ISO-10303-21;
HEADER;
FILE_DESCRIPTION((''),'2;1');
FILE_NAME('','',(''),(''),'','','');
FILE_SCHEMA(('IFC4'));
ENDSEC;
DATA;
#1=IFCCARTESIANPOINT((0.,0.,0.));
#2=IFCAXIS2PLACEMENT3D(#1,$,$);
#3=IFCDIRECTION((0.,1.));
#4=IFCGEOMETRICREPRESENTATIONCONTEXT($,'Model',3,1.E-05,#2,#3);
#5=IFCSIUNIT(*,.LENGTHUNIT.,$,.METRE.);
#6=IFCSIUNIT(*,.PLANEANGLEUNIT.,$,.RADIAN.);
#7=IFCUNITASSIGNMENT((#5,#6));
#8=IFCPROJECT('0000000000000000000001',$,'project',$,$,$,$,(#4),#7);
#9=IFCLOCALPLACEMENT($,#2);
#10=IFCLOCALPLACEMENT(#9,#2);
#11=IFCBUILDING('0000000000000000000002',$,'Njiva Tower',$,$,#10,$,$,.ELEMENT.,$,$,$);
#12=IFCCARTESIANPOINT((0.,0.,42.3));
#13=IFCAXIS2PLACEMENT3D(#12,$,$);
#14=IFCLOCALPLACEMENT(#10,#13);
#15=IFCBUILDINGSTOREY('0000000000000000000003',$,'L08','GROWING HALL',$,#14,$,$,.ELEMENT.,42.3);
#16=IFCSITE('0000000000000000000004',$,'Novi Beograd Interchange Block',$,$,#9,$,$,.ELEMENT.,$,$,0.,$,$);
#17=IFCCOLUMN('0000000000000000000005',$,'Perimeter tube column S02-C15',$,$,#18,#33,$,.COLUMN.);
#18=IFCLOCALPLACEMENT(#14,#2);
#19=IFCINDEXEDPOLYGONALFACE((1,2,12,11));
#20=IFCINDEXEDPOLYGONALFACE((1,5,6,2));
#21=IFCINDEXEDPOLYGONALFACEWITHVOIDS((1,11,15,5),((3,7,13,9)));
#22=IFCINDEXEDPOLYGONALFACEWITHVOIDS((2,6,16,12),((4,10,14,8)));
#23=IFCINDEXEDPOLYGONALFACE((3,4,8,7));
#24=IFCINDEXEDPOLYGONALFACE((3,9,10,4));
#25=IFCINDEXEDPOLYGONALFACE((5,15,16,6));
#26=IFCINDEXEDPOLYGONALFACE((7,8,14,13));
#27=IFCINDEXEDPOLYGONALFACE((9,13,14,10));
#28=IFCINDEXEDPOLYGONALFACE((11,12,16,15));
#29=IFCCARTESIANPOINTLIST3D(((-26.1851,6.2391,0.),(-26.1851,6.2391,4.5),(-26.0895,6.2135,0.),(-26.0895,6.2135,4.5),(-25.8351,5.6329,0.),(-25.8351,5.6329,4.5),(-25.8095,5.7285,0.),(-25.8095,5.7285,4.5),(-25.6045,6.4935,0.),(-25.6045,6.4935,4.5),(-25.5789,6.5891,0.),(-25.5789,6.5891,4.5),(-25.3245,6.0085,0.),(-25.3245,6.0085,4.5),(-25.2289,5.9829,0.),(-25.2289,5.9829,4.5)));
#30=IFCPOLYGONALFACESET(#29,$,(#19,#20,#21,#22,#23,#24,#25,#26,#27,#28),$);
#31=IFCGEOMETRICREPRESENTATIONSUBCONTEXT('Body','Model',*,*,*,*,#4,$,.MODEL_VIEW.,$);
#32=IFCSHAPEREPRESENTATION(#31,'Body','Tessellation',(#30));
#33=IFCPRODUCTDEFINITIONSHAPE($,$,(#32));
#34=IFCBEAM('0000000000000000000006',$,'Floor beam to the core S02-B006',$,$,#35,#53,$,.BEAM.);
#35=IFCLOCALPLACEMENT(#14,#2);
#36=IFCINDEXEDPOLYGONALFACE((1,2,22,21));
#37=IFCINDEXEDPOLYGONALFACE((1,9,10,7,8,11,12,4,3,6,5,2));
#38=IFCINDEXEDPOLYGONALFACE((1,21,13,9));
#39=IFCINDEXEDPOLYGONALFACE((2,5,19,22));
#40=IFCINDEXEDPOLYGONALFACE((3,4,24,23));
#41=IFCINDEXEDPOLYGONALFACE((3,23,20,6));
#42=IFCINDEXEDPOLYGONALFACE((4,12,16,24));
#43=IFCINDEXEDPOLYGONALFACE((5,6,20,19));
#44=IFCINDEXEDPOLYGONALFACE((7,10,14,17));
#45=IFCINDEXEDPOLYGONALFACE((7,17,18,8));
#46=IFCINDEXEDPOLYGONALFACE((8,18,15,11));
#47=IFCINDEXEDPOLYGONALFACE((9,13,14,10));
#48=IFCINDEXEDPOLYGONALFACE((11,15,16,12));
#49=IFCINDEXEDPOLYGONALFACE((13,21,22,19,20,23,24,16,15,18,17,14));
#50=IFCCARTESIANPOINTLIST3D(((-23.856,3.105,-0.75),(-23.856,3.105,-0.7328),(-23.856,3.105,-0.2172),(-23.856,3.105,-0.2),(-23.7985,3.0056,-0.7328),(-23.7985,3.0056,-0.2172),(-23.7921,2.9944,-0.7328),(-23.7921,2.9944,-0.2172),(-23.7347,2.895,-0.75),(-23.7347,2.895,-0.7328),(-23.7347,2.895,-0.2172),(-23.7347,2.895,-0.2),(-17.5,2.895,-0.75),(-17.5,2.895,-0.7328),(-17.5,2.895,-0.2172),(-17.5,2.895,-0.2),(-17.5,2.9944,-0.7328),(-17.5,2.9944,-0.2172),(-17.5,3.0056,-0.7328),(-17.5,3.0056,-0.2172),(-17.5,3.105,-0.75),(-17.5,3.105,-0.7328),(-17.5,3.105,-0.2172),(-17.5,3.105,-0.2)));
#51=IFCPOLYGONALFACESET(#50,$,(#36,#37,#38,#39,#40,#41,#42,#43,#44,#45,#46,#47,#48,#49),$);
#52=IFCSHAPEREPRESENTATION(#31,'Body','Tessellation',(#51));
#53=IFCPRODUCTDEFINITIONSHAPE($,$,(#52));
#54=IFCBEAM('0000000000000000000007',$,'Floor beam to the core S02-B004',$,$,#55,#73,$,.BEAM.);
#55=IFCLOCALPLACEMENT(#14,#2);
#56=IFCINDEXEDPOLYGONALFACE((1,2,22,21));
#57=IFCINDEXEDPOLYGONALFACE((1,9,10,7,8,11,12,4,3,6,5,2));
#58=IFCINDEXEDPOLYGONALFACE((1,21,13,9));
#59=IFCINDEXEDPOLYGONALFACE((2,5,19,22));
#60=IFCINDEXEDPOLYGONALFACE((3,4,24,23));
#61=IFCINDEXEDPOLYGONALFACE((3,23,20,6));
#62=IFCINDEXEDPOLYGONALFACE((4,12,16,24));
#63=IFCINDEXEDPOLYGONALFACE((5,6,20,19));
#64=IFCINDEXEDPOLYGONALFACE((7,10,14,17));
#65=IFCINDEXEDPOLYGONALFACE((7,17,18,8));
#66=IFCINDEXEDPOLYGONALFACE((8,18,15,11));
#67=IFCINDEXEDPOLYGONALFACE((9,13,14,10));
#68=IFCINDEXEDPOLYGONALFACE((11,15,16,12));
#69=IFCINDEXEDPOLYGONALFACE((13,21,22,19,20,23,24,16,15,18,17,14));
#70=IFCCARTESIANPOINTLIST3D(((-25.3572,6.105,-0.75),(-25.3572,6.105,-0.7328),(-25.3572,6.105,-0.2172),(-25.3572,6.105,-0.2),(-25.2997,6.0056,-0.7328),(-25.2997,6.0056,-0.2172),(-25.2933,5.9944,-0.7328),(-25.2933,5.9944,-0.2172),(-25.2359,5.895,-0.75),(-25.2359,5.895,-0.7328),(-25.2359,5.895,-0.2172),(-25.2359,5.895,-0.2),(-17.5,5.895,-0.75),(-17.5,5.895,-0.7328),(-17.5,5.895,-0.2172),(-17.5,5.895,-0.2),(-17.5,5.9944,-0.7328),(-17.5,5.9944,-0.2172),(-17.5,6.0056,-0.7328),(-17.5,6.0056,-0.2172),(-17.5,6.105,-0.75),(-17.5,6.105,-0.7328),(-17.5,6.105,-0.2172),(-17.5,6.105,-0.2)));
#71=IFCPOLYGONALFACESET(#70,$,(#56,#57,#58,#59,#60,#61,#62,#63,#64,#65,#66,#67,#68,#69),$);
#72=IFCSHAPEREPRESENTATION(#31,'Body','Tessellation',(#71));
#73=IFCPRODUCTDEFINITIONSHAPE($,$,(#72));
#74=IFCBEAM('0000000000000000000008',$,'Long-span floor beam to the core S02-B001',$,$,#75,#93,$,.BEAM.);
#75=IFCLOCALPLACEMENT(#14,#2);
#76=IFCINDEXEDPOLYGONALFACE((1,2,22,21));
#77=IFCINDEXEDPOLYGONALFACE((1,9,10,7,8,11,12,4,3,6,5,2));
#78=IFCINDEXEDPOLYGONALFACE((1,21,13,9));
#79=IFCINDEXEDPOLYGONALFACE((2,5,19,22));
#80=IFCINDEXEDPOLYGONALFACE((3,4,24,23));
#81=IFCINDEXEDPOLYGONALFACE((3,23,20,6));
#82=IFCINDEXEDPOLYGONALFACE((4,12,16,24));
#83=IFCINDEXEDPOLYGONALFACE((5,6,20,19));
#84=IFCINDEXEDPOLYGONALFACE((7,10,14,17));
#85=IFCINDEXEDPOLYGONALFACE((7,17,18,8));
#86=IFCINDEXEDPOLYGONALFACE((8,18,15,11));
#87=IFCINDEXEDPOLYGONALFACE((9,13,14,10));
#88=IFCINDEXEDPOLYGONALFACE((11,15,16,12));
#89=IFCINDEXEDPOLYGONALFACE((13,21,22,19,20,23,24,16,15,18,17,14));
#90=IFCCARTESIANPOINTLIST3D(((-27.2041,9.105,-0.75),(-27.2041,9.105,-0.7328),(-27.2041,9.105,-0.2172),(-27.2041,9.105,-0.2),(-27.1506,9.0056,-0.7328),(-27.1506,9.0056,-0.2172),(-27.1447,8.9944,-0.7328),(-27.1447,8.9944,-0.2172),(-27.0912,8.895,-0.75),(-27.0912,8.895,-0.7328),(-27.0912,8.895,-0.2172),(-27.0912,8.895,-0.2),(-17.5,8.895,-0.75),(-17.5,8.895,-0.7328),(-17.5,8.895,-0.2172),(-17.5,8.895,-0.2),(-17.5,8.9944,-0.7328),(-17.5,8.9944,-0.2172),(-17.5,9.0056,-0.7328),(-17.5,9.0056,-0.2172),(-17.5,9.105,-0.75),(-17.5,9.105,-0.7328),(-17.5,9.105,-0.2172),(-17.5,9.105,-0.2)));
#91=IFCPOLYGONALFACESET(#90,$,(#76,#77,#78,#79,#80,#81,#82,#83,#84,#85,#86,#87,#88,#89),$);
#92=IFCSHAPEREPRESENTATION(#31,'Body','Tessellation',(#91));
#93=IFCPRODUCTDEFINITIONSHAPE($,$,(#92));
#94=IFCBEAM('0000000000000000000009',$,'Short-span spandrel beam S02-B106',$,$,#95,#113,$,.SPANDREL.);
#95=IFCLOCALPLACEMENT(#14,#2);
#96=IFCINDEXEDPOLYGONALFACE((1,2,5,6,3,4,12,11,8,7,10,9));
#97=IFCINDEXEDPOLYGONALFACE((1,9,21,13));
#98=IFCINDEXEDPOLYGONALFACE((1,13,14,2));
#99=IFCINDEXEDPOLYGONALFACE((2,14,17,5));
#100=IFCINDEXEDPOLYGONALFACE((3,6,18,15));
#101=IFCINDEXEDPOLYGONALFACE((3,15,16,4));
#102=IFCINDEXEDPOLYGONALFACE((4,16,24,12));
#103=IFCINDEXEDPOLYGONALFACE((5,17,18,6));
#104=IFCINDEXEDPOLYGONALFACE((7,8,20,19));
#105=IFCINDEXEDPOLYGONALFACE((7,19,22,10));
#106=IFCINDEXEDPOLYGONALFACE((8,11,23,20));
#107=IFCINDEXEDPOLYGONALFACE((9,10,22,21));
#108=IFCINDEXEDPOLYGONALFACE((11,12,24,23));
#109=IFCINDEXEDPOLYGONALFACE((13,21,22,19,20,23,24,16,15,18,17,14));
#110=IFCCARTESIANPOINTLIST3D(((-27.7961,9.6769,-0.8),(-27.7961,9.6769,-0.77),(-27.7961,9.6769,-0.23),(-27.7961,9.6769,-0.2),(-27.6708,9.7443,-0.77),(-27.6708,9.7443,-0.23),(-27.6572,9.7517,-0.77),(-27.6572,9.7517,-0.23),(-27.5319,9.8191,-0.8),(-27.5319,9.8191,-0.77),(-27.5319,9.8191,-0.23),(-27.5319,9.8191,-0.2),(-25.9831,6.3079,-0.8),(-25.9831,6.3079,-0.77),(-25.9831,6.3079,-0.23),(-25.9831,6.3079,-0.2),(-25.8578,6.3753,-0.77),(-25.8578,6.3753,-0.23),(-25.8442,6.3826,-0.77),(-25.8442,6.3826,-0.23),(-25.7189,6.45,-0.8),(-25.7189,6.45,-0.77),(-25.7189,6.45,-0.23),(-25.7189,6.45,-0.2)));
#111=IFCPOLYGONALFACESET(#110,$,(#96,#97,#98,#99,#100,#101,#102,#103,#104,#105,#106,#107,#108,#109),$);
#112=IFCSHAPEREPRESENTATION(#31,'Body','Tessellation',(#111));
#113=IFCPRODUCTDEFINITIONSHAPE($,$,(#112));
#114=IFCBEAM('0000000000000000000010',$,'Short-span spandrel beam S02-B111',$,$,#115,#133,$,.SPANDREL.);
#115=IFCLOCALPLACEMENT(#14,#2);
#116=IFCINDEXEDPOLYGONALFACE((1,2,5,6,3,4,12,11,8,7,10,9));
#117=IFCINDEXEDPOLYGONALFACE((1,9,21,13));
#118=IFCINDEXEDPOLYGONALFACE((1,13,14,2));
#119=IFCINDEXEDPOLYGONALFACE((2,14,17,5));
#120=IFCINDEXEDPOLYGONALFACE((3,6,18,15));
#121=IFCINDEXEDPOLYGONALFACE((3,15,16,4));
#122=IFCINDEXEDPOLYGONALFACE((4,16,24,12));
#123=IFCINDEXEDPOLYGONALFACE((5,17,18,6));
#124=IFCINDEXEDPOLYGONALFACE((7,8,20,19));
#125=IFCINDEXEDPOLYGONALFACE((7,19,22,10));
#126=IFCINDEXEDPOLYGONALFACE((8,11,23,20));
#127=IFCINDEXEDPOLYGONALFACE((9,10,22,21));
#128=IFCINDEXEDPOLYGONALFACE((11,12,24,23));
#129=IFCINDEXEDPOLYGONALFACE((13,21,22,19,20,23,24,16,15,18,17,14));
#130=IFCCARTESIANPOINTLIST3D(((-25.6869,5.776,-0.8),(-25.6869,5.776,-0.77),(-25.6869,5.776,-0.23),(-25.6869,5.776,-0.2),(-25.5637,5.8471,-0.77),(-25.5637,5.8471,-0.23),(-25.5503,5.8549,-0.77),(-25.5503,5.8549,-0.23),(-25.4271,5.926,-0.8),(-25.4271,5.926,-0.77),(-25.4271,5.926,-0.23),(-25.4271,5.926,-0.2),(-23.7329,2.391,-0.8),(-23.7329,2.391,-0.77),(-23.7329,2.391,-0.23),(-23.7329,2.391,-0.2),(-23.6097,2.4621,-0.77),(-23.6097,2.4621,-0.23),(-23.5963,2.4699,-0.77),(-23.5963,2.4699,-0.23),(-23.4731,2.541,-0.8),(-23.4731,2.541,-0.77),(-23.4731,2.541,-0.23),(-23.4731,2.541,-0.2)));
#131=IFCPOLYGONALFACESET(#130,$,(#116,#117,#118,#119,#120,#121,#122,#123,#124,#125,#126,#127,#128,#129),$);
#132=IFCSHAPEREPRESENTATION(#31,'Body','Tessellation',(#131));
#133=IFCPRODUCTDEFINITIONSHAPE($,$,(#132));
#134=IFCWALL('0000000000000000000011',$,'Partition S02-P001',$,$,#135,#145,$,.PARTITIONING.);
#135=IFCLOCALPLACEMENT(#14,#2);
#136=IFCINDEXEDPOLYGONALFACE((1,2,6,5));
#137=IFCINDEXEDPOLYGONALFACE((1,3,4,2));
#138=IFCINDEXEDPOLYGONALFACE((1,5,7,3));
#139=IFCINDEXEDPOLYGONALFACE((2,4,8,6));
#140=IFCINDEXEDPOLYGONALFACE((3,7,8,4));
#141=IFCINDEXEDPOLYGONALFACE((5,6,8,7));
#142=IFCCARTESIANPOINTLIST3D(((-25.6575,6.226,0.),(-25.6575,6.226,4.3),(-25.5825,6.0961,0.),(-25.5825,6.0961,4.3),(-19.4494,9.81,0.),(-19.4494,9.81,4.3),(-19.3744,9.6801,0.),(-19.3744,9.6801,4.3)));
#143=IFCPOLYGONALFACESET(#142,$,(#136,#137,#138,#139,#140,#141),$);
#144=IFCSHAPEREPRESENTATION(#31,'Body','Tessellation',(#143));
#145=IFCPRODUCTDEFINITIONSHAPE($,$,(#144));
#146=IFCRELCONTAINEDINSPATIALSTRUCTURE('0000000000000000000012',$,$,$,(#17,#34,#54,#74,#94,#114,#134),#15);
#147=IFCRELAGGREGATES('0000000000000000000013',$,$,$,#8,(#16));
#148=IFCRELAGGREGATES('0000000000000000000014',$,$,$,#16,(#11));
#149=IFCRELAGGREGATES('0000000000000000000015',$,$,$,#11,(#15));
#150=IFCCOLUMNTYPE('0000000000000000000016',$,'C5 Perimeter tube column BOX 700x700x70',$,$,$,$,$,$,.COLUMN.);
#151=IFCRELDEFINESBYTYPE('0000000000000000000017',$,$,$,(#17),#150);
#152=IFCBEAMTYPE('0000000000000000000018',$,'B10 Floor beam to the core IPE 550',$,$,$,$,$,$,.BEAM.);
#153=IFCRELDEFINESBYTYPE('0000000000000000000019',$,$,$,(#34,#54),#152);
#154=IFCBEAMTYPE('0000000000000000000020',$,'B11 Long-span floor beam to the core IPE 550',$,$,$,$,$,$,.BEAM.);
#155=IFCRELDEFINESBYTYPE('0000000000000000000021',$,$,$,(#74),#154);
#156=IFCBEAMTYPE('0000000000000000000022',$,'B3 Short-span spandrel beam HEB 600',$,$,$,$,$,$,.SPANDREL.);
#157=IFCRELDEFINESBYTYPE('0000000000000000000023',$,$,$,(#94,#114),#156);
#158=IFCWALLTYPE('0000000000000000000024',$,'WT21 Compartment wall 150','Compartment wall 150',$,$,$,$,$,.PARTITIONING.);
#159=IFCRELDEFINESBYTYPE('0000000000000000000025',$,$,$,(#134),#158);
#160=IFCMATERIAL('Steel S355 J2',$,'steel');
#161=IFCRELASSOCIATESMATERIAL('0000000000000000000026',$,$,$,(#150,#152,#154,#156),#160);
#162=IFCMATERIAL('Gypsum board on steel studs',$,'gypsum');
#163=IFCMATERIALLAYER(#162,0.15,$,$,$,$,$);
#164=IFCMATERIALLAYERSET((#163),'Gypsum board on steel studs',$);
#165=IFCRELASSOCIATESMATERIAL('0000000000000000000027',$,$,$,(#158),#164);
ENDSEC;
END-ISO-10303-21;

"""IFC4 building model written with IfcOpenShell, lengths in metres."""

from ifc_helpers import new_model, si_unit, direction, frame, frame_2d, origin, origin_2d, place, context, subcontext, project, spatial, rectangle, hollow_rectangle, i_section, extrude, clip, halfspace, material, layer, layer_set, material_profile, profile_set, type_object, element, save


model = new_model("IFC4")

# Units and contexts
model_context = context("Model", 3, precision=1e-05, world=origin(), true_north=direction((0.0, 1.0)))
body_context = subcontext(model_context, "Body", "Model", "MODEL_VIEW")
ifc_project = project(units=[si_unit("LENGTHUNIT", "METRE"), si_unit("PLANEANGLEUNIT", "RADIAN")], contexts=[model_context])

# Site, building, storey
site_placement = place(None, origin())
site = spatial("IfcSite", under=ifc_project, at=site_placement, Name="Novi Beograd Interchange Block", CompositionType="ELEMENT", RefElevation=0.0)
building_placement = place(site_placement, origin())
building = spatial("IfcBuilding", under=site, at=building_placement, Name="Njiva Tower", CompositionType="ELEMENT")
storey_placement = place(building_placement, frame((0.0, 0.0, 42.3)))
storey = spatial("IfcBuildingStorey", under=building, at=storey_placement, Name="L08", Description="GROWING HALL", CompositionType="ELEMENT", Elevation=42.3)

# Column
ifc_material_1 = material(Name="Steel S355 J2", Category="steel")
ifc_material_profile_1 = material_profile(ifc_material_1, hollow_rectangle(XDim=0.7, YDim=0.7, WallThickness=0.07, at=origin_2d()), Name="BOX 700x700x70")
ifc_profile_set_1 = profile_set([ifc_material_profile_1], Name="Steel S355 J2")
column_type = type_object("IfcColumnType", Name="C5 Perimeter tube column BOX 700x700x70", PredefinedType="COLUMN", material=ifc_profile_set_1)
column_placement = place(storey_placement, frame((-25.707, 6.111, 0.0), z_axis=(0.0, 0.0, 1.0), x_axis=(0.5, -0.866025, 0.0)))
element("IfcColumn", 1, at=column_placement, inside=storey, type_object=column_type, Name="Perimeter tube column S02-C15", PredefinedType="COLUMN", context=body_context, shape_type="SweptSolid", body=[
    extrude(hollow_rectangle(XDim=0.7, YDim=0.7, WallThickness=0.07, at=origin_2d()), origin(), (0.0, 0.0, 1.0), 4.5),
])

# Beams
ifc_material_profile_2 = material_profile(ifc_material_1, i_section(OverallWidth=0.21, OverallDepth=0.55, WebThickness=0.0111, FlangeThickness=0.0172, at=origin_2d()), Name="IPE 550")
ifc_profile_set_2 = profile_set([ifc_material_profile_2], Name="Steel S355 J2")
beam_type_1 = type_object("IfcBeamType", Name="B10 Floor beam to the core IPE 550", PredefinedType="BEAM", material=ifc_profile_set_2)
beam_1_placement = place(storey_placement, frame((-23.876, 3.0, -0.475), z_axis=(1.0, 0.0, 0.0), x_axis=(0.0, 1.0, 0.0)))
element("IfcBeam", 2, at=beam_1_placement, inside=storey, type_object=beam_type_1, Name="Floor beam to the core S02-B006", PredefinedType="BEAM", context=body_context, shape_type="Clipping", body=[
    clip(extrude(i_section(OverallWidth=0.21, OverallDepth=0.55, WebThickness=0.0111, FlangeThickness=0.0172, at=origin_2d()), origin(), (0.0, 0.0, 1.0), 6.376), halfspace(frame((-0.025, 0.0, 0.0951), z_axis=(-0.499998, 0.0, -0.866027), x_axis=(0.0, -1.0, 0.0)), False)),
])
beam_2_placement = place(storey_placement, frame((-25.378, 6.0, -0.475), z_axis=(1.0, 0.0, 0.0), x_axis=(0.0, 1.0, 0.0)))
element("IfcBeam", 3, at=beam_2_placement, inside=storey, type_object=beam_type_1, Name="Floor beam to the core S02-B004", PredefinedType="BEAM", context=body_context, shape_type="Clipping", body=[
    clip(extrude(i_section(OverallWidth=0.21, OverallDepth=0.55, WebThickness=0.0111, FlangeThickness=0.0172, at=origin_2d()), origin(), (0.0, 0.0, 1.0), 7.878), halfspace(frame((-0.025, 0.0, 0.0959), z_axis=(-0.499998, 0.0, -0.866027), x_axis=(0.0, -1.0, 0.0)), False)),
])
ifc_material_profile_3 = material_profile(ifc_material_1, i_section(OverallWidth=0.21, OverallDepth=0.55, WebThickness=0.0111, FlangeThickness=0.0172, at=origin_2d()), Name="IPE 550")
ifc_profile_set_3 = profile_set([ifc_material_profile_3], Name="Steel S355 J2")
beam_type_2 = type_object("IfcBeamType", Name="B11 Long-span floor beam to the core IPE 550", PredefinedType="BEAM", material=ifc_profile_set_3)
beam_3_placement = place(storey_placement, frame((-27.224, 9.0, -0.475), z_axis=(1.0, 0.0, 0.0), x_axis=(0.0, 1.0, 0.0)))
element("IfcBeam", 4, at=beam_3_placement, inside=storey, type_object=beam_type_2, Name="Long-span floor beam to the core S02-B001", PredefinedType="BEAM", context=body_context, shape_type="Clipping", body=[
    clip(extrude(i_section(OverallWidth=0.21, OverallDepth=0.55, WebThickness=0.0111, FlangeThickness=0.0172, at=origin_2d()), origin(), (0.0, 0.0, 1.0), 9.724), halfspace(frame((-0.0237, 0.0, 0.0891), z_axis=(-0.473777, 0.0, -0.880645), x_axis=(0.0, -1.0, 0.0)), False)),
])
ifc_material_profile_4 = material_profile(ifc_material_1, i_section(OverallWidth=0.3, OverallDepth=0.6, WebThickness=0.0155, FlangeThickness=0.03, at=origin_2d()), Name="HEB 600")
ifc_profile_set_4 = profile_set([ifc_material_profile_4], Name="Steel S355 J2")
beam_type_3 = type_object("IfcBeamType", Name="B3 Short-span spandrel beam HEB 600", PredefinedType="SPANDREL", material=ifc_profile_set_4)
beam_4_placement = place(storey_placement, frame((-27.664, 9.748, -0.5), z_axis=(0.473882, -0.880589, 0.0), x_axis=(0.880589, 0.473882, 0.0)))
element("IfcBeam", 5, at=beam_4_placement, inside=storey, type_object=beam_type_3, Name="Short-span spandrel beam S02-B106", PredefinedType="SPANDREL", context=body_context, shape_type="SweptSolid", body=[
    extrude(i_section(OverallWidth=0.3, OverallDepth=0.6, WebThickness=0.0155, FlangeThickness=0.03, at=origin_2d()), origin(), (0.0, 0.0, 1.0), 3.8259),
])
beam_5_placement = place(storey_placement, frame((-25.557, 5.851, -0.5), z_axis=(0.499937, -0.866062, 0.0), x_axis=(0.866062, 0.499937, 0.0)))
element("IfcBeam", 6, at=beam_5_placement, inside=storey, type_object=beam_type_3, Name="Short-span spandrel beam S02-B111", PredefinedType="SPANDREL", context=body_context, shape_type="SweptSolid", body=[
    extrude(i_section(OverallWidth=0.3, OverallDepth=0.6, WebThickness=0.0155, FlangeThickness=0.03, at=origin_2d()), origin(), (0.0, 0.0, 1.0), 3.9085),
])

# Wall
ifc_material_2 = material(Name="Gypsum board on steel studs", Category="gypsum")
ifc_layer_1 = layer(ifc_material_2, 0.15)
ifc_layer_set_1 = layer_set([ifc_layer_1], Name="Gypsum board on steel studs")
wall_type_1 = type_object("IfcWallType", Name="WT21 Compartment wall 150", Description="Compartment wall 150", PredefinedType="PARTITIONING", material=ifc_layer_set_1)
wall_1_placement = place(storey_placement, frame((-25.62, 6.161, 0.0), z_axis=(0.0, 0.0, 1.0), x_axis=(0.866037, 0.49998, 0.0)))
element("IfcWall", 7, at=wall_1_placement, inside=storey, type_object=wall_type_1, Name="Partition S02-P001", PredefinedType="PARTITIONING", context=body_context, shape_type="SweptSolid", body=[
    extrude(rectangle(XDim=7.1683, YDim=0.15, at=frame_2d((3.5842, 0.0))), origin(), (0.0, 0.0, 1.0), 4.3),
])

save(model, "model.ifc")
